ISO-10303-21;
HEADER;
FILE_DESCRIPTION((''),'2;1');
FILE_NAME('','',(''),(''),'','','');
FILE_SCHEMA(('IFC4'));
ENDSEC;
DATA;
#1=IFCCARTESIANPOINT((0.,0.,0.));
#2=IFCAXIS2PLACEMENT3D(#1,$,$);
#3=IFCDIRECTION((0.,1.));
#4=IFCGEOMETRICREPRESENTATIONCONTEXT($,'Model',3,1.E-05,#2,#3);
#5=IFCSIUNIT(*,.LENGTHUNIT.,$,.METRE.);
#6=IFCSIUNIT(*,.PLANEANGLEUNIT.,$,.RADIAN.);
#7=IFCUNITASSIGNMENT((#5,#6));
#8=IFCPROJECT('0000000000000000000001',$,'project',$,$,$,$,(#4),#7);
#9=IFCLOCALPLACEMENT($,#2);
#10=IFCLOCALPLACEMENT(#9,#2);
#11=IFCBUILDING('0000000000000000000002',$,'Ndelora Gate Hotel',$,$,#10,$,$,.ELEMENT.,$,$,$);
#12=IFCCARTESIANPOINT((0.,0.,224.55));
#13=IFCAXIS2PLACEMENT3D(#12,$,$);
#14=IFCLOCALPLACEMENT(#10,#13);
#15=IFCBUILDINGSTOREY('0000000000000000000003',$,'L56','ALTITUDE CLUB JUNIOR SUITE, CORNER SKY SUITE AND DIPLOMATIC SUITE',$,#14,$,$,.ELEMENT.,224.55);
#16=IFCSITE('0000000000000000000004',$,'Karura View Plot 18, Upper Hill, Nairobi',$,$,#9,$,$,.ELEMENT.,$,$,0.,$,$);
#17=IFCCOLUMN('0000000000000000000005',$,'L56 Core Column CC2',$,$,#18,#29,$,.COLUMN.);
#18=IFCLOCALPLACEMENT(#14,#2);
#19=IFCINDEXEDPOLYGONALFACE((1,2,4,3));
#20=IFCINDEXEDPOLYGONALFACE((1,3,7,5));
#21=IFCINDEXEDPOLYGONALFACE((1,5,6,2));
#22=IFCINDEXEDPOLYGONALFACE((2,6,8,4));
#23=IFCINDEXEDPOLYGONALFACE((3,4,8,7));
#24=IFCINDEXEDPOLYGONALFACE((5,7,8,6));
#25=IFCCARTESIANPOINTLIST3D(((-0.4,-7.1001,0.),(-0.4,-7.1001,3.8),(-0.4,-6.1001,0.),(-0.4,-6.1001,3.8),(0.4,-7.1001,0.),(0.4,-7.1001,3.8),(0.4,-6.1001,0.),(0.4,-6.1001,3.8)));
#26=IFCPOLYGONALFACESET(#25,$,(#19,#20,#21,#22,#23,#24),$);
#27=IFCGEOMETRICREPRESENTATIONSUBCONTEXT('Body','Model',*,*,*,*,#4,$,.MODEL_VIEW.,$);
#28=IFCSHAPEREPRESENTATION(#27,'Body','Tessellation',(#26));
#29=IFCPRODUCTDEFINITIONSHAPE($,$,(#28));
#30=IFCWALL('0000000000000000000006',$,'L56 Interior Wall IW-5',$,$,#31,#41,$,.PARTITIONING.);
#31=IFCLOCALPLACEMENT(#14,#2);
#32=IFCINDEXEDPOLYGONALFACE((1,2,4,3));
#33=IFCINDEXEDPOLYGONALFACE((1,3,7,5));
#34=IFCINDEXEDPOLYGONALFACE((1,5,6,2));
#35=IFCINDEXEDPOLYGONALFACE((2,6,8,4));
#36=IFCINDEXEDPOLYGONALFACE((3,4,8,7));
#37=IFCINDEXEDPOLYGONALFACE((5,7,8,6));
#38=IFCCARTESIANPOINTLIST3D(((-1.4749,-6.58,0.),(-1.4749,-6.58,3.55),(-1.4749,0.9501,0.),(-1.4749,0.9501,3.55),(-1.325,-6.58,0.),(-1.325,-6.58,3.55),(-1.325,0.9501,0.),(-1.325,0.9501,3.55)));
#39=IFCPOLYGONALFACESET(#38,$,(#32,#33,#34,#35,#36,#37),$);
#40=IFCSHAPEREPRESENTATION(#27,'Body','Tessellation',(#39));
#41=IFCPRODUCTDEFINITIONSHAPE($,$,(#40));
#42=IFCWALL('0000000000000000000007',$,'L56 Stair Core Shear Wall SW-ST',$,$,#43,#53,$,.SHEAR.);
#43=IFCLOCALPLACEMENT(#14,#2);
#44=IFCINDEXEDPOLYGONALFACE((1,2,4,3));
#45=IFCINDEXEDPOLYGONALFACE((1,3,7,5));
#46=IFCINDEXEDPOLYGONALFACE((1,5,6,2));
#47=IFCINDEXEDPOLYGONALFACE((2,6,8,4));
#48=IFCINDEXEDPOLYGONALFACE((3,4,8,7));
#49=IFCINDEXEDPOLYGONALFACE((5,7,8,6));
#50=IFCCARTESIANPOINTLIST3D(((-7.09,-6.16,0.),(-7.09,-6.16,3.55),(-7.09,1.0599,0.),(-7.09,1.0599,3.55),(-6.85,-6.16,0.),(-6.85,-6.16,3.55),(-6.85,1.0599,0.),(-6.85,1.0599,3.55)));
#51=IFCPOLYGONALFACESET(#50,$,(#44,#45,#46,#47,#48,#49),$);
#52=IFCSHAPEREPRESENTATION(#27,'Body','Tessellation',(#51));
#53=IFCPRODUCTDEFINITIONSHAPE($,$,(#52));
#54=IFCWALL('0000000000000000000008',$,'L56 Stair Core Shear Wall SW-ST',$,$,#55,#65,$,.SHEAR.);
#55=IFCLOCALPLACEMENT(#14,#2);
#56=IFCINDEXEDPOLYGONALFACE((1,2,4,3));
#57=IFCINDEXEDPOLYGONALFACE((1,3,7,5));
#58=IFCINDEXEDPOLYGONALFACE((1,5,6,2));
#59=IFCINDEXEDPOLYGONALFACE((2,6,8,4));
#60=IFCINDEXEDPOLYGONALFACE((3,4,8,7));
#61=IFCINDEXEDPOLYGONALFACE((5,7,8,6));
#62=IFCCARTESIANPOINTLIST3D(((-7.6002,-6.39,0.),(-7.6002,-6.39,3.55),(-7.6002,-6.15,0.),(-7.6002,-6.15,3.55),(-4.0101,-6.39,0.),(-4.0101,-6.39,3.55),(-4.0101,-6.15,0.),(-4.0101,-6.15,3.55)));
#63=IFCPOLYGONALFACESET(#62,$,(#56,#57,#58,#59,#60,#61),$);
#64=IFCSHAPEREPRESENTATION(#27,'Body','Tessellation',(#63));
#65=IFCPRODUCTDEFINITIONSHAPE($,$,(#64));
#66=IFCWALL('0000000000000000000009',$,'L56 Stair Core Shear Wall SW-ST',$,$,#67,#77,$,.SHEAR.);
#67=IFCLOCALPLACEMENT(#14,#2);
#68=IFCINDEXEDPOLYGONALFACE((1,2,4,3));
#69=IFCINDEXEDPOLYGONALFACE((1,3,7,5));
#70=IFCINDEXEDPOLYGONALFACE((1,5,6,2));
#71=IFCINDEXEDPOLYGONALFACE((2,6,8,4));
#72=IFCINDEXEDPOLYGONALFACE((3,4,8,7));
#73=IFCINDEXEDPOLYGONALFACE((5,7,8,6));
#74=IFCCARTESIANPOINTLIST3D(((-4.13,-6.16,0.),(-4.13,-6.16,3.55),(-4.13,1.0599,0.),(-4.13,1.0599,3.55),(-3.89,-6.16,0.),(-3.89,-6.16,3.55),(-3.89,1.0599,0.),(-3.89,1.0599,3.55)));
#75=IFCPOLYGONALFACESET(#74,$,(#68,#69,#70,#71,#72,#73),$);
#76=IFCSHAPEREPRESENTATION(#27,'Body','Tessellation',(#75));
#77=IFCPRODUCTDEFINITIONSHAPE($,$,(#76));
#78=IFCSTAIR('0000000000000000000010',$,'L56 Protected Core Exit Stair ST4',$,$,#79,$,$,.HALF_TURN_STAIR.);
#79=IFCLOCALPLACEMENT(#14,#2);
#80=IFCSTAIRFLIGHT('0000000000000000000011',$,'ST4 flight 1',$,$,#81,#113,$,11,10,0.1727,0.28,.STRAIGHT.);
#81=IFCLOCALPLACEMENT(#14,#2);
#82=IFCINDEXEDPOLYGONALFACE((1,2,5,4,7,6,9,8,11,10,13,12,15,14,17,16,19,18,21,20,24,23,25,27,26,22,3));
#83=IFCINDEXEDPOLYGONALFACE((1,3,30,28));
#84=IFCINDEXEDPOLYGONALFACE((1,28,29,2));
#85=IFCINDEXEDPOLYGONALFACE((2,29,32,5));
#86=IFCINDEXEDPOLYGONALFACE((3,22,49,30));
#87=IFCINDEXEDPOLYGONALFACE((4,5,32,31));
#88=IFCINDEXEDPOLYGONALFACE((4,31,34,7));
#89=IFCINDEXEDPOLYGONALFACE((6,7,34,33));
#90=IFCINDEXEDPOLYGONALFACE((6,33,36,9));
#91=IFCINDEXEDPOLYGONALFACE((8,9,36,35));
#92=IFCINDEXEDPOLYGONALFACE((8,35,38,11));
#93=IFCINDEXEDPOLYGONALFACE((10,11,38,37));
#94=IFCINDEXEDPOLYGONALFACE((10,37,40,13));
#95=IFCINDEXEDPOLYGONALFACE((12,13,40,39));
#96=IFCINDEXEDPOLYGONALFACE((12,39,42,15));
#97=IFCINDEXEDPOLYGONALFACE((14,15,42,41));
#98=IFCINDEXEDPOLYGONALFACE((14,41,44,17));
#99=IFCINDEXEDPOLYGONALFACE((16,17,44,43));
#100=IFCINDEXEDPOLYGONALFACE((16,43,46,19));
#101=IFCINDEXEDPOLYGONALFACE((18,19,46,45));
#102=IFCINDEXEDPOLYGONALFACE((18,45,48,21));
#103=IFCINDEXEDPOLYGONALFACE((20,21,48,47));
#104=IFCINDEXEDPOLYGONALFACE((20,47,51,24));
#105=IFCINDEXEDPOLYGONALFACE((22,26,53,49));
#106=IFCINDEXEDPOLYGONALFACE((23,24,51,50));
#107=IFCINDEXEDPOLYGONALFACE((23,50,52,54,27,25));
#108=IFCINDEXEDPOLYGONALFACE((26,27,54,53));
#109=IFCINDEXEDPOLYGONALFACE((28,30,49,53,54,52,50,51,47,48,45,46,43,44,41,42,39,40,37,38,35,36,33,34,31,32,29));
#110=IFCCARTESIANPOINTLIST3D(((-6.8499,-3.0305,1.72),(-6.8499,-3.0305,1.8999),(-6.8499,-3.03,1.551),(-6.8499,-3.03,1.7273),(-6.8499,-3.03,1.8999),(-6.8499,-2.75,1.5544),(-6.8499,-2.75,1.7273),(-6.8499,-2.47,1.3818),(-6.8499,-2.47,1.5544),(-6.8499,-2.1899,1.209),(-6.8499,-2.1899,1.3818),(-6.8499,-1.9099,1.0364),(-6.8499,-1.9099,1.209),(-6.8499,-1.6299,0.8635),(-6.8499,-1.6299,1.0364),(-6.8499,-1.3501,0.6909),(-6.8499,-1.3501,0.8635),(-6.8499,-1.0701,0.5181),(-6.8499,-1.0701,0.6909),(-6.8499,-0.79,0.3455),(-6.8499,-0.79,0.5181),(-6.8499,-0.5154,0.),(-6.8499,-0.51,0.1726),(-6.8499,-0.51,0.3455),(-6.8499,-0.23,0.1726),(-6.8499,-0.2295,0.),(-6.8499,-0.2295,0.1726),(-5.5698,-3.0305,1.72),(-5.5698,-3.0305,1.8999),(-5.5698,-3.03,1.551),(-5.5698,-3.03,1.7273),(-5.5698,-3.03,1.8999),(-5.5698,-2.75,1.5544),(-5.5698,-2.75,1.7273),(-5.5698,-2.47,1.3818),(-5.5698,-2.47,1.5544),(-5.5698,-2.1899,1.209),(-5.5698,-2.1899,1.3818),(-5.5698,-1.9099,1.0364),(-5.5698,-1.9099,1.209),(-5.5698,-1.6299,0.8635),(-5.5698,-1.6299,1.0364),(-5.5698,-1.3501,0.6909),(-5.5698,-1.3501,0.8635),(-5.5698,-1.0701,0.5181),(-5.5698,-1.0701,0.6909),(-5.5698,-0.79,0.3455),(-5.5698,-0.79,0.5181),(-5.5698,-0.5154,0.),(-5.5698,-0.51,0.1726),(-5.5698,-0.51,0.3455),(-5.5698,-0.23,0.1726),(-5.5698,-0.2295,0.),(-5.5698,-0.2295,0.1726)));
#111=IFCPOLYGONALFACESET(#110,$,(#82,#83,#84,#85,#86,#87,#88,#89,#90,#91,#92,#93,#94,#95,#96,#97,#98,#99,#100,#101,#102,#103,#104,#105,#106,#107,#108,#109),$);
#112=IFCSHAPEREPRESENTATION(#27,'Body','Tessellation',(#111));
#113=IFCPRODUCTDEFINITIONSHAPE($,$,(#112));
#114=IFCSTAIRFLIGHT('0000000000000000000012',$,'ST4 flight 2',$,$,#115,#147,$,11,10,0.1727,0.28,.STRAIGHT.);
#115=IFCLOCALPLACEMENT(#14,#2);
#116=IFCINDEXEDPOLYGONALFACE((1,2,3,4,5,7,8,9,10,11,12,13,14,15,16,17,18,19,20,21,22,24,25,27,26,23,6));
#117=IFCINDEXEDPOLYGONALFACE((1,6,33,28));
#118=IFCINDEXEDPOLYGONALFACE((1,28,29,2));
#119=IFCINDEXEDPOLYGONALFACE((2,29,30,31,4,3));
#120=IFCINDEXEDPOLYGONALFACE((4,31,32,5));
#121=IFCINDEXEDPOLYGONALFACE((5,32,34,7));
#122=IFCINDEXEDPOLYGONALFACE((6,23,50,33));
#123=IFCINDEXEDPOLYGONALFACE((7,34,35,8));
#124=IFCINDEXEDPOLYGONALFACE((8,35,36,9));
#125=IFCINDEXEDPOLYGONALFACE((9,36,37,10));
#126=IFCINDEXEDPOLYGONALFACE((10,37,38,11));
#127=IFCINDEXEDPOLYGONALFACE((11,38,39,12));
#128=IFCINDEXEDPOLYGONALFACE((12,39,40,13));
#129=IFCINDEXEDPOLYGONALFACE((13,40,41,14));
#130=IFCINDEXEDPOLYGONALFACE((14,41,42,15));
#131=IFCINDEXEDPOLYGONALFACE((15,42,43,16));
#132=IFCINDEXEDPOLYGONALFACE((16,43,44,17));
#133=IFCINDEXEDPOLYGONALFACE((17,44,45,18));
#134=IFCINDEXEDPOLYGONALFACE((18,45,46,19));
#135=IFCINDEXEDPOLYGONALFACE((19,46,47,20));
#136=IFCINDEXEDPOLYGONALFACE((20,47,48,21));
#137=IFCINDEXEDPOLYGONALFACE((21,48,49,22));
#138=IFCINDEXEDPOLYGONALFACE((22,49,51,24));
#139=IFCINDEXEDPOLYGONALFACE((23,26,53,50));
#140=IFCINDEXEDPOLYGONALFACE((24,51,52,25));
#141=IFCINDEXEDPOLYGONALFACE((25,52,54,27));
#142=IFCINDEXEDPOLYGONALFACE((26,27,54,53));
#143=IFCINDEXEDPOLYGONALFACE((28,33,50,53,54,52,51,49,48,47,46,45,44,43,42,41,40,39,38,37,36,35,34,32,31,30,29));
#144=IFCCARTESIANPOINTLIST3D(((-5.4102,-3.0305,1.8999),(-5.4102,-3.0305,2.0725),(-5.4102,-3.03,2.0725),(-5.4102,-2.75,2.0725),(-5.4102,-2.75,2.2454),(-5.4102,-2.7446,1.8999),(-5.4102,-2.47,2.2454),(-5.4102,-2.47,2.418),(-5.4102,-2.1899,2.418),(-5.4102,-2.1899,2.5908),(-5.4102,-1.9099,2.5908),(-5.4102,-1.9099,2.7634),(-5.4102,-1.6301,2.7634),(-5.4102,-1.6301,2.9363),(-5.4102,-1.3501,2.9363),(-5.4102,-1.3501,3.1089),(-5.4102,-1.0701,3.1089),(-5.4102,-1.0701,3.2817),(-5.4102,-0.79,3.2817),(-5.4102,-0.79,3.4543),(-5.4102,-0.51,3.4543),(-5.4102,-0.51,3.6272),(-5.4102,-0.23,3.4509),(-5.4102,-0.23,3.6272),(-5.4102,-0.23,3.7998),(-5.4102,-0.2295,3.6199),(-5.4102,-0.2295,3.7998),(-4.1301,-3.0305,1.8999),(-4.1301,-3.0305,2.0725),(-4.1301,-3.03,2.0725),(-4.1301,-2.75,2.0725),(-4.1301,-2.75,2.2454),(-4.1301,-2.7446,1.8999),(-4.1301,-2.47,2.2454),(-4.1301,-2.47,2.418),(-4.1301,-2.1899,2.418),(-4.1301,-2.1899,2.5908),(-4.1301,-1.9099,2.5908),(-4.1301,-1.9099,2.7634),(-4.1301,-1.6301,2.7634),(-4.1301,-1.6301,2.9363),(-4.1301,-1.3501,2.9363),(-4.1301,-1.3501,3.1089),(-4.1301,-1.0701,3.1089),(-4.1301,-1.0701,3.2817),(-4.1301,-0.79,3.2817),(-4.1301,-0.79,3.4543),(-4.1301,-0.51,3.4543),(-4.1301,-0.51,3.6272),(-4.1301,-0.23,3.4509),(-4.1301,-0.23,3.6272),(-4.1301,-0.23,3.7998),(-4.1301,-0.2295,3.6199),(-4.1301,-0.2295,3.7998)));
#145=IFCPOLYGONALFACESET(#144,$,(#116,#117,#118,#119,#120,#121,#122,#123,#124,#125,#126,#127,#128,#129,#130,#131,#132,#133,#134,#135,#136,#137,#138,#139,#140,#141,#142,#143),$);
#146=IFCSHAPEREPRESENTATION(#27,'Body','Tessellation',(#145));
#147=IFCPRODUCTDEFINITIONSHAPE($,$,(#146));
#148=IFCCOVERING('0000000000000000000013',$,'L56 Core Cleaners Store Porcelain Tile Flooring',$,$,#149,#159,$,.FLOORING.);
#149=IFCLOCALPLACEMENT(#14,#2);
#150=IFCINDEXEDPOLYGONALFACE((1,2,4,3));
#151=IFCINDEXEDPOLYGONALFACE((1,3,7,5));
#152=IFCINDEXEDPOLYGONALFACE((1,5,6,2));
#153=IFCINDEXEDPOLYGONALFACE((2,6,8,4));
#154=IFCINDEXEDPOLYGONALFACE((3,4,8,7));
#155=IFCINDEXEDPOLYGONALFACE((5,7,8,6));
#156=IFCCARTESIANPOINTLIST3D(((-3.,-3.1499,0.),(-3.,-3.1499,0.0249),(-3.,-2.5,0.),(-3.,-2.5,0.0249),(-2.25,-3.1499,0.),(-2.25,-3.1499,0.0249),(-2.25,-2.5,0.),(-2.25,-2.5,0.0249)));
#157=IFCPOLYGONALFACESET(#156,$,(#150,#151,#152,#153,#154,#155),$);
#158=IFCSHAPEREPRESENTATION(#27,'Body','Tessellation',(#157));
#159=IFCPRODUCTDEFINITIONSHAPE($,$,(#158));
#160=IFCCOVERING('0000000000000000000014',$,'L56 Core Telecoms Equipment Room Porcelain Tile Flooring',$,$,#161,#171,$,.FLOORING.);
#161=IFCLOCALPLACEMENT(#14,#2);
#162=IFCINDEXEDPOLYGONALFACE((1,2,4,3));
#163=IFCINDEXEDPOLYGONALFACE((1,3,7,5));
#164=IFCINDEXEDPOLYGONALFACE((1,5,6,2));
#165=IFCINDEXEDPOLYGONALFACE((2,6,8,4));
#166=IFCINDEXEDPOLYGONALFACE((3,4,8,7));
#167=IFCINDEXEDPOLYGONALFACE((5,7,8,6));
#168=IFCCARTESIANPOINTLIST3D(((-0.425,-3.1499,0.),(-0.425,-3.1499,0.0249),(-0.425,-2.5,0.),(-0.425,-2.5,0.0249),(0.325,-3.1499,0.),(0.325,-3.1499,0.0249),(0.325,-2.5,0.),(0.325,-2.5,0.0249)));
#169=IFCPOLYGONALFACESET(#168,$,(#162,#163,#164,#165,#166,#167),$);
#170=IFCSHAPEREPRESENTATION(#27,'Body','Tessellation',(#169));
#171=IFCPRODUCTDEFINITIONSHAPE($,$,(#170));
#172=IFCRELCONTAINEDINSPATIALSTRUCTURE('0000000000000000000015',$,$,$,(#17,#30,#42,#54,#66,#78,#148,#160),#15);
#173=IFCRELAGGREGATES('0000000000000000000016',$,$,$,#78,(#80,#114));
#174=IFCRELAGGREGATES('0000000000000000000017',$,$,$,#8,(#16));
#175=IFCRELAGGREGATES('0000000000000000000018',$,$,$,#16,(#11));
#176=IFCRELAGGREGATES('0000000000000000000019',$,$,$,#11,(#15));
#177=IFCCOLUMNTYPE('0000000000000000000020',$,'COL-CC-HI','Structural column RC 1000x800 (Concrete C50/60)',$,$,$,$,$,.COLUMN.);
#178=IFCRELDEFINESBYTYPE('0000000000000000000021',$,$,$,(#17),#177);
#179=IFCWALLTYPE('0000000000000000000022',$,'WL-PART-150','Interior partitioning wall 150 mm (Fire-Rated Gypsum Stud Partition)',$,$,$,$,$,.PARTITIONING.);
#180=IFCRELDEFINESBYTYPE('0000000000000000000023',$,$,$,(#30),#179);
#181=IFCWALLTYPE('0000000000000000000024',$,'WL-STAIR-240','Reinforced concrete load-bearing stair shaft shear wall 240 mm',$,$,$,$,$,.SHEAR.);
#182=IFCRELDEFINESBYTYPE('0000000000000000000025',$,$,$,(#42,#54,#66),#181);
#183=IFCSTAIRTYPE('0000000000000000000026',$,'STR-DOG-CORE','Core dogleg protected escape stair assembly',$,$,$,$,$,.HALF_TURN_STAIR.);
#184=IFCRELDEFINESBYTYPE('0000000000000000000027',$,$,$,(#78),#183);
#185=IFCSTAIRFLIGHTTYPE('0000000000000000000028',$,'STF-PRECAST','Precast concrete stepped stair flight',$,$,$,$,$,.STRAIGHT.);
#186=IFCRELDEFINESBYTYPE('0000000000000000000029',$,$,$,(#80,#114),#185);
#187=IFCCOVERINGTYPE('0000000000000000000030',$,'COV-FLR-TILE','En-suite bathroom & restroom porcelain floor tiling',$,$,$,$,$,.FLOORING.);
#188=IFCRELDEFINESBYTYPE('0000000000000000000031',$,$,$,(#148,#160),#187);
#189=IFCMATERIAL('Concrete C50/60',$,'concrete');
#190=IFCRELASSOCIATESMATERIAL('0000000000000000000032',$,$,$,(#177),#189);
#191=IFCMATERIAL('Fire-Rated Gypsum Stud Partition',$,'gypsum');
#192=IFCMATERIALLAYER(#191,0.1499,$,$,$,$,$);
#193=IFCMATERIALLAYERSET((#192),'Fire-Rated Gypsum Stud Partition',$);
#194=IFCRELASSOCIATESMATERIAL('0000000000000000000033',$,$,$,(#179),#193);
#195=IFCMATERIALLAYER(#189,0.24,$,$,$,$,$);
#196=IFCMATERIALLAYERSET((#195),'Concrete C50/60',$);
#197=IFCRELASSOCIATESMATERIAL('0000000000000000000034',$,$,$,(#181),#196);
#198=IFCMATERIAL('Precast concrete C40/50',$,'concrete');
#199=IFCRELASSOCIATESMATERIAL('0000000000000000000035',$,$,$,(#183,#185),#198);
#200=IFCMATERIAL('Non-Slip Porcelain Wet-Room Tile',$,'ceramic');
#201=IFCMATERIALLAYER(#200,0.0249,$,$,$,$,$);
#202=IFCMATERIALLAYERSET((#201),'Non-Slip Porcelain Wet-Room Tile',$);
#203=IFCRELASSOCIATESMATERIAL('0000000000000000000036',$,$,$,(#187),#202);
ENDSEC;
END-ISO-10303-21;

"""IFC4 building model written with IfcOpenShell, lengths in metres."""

from ifc_helpers import new_model, si_unit, direction, frame, frame_2d, origin, origin_2d, place, context, subcontext, project, spatial, polyline, rectangle, outline, extrude, material, layer, layer_set, material_profile, profile_set, type_object, element, aggregate, save


model = new_model("IFC4")

# Units and contexts
model_context = context("Model", 3, precision=1e-05, world=origin(), true_north=direction((0.0, 1.0)))
body_context = subcontext(model_context, "Body", "Model", "MODEL_VIEW")
ifc_project = project(units=[si_unit("LENGTHUNIT", "METRE"), si_unit("PLANEANGLEUNIT", "RADIAN")], contexts=[model_context])

# Site, building, storey
site_placement = place(None, origin())
site = spatial("IfcSite", under=ifc_project, at=site_placement, Name="Karura View Plot 18, Upper Hill, Nairobi", CompositionType="ELEMENT", RefElevation=0.0)
building_placement = place(site_placement, origin())
building = spatial("IfcBuilding", under=site, at=building_placement, Name="Ndelora Gate Hotel", CompositionType="ELEMENT")
storey_placement = place(building_placement, frame((0.0, 0.0, 224.55)))
storey = spatial("IfcBuildingStorey", under=building, at=storey_placement, Name="L56", Description="ALTITUDE CLUB JUNIOR SUITE, CORNER SKY SUITE AND DIPLOMATIC SUITE", CompositionType="ELEMENT", Elevation=224.55)

# Column
ifc_material_1 = material(Name="Concrete C50/60", Category="concrete")
ifc_material_profile = material_profile(ifc_material_1, rectangle(XDim=0.8, YDim=1.0, at=origin_2d()), Name="RC 1000x800")
ifc_profile_set = profile_set([ifc_material_profile], Name="Concrete C50/60")
column_type = type_object("IfcColumnType", Name="COL-CC-HI", Description="Structural column RC 1000x800 (Concrete C50/60)", PredefinedType="COLUMN", material=ifc_profile_set)
column_placement = place(storey_placement, frame((0.0, -6.6001, 0.0), z_axis=(0.0, 0.0, 1.0), x_axis=(1.0, 0.0, 0.0)))
element("IfcColumn", 1, at=column_placement, inside=storey, type_object=column_type, Name="L56 Core Column CC2", PredefinedType="COLUMN", context=body_context, shape_type="SweptSolid", body=[
    extrude(rectangle(XDim=0.8, YDim=1.0, at=origin_2d()), origin(), (0.0, 0.0, 1.0), 3.8),
])

# Walls
ifc_material_2 = material(Name="Fire-Rated Gypsum Stud Partition", Category="gypsum")
ifc_layer_1 = layer(ifc_material_2, 0.1499)
ifc_layer_set_1 = layer_set([ifc_layer_1], Name="Fire-Rated Gypsum Stud Partition")
wall_type_1 = type_object("IfcWallType", Name="WL-PART-150", Description="Interior partitioning wall 150 mm (Fire-Rated Gypsum Stud Partition)", PredefinedType="PARTITIONING", material=ifc_layer_set_1)
wall_1_placement = place(storey_placement, frame((-1.3999, -6.5801, 0.0), z_axis=(0.0, 0.0, 1.0), x_axis=(0.0, 1.0, 0.0)))
element("IfcWall", 2, at=wall_1_placement, inside=storey, type_object=wall_type_1, Name="L56 Interior Wall IW-5", PredefinedType="PARTITIONING", context=body_context, shape_type="SweptSolid", body=[
    extrude(rectangle(XDim=7.53, YDim=0.1499, at=frame_2d((3.7651, 0.0))), origin(), (0.0, 0.0, 1.0), 3.55),
])
ifc_layer_2 = layer(ifc_material_1, 0.24)
ifc_layer_set_2 = layer_set([ifc_layer_2], Name="Concrete C50/60")
wall_type_2 = type_object("IfcWallType", Name="WL-STAIR-240", Description="Reinforced concrete load-bearing stair shaft shear wall 240 mm", PredefinedType="SHEAR", material=ifc_layer_set_2)
wall_2_placement = place(storey_placement, frame((-6.97, -6.1599, 0.0), z_axis=(0.0, 0.0, 1.0), x_axis=(0.0, 1.0, 0.0)))
element("IfcWall", 3, at=wall_2_placement, inside=storey, type_object=wall_type_2, Name="L56 Stair Core Shear Wall SW-ST", PredefinedType="SHEAR", context=body_context, shape_type="SweptSolid", body=[
    extrude(rectangle(XDim=7.22, YDim=0.24, at=frame_2d((3.6099, 0.0))), origin(), (0.0, 0.0, 1.0), 3.55),
])
wall_3_placement = place(storey_placement, frame((-7.6001, -6.27, 0.0), z_axis=(0.0, 0.0, 1.0), x_axis=(1.0, 0.0, 0.0)))
element("IfcWall", 4, at=wall_3_placement, inside=storey, type_object=wall_type_2, Name="L56 Stair Core Shear Wall SW-ST", PredefinedType="SHEAR", context=body_context, shape_type="SweptSolid", body=[
    extrude(rectangle(XDim=3.5901, YDim=0.24, at=frame_2d((1.7949, 0.0))), origin(), (0.0, 0.0, 1.0), 3.55),
])
wall_4_placement = place(storey_placement, frame((-4.01, -6.1599, 0.0), z_axis=(0.0, 0.0, 1.0), x_axis=(0.0, 1.0, 0.0)))
element("IfcWall", 5, at=wall_4_placement, inside=storey, type_object=wall_type_2, Name="L56 Stair Core Shear Wall SW-ST", PredefinedType="SHEAR", context=body_context, shape_type="SweptSolid", body=[
    extrude(rectangle(XDim=7.22, YDim=0.24, at=frame_2d((3.6099, 0.0))), origin(), (0.0, 0.0, 1.0), 3.55),
])

# Stair, stair flights
ifc_material_3 = material(Name="Precast concrete C40/50", Category="concrete")
stair_type = type_object("IfcStairType", Name="STR-DOG-CORE", Description="Core dogleg protected escape stair assembly", PredefinedType="HALF_TURN_STAIR", material=ifc_material_3)
stair_placement = place(storey_placement, origin())
stair = element("IfcStair", 6, at=stair_placement, inside=storey, type_object=stair_type, Name="L56 Protected Core Exit Stair ST4", PredefinedType="HALF_TURN_STAIR")
stair_flight_type = type_object("IfcStairFlightType", Name="STF-PRECAST", Description="Precast concrete stepped stair flight", PredefinedType="STRAIGHT", material=ifc_material_3)
stair_flight_1_placement = place(storey_placement, frame((-6.21, -0.23, 0.0), z_axis=(0.0, 0.0, 1.0), x_axis=(0.0, -1.0, 0.0)))
stair_flight_1 = element("IfcStairFlight", 7, at=stair_flight_1_placement, type_object=stair_flight_type, Name="ST4 flight 1", NumberOfRisers=11, NumberOfTreads=10, PredefinedType="STRAIGHT", RiserHeight=0.1727, TreadLength=0.28, context=body_context, shape_type="SweptSolid", body=[
    extrude(outline(polyline([(-0.0005, 0.0), (-0.0005, 0.1726), (0.0, 0.1726), (0.28, 0.1726), (0.28, 0.3455), (0.5601, 0.3455), (0.5601, 0.5181), (0.8401, 0.5181), (0.8401, 0.6909), (1.1201, 0.6909), (1.1201, 0.8635), (1.3999, 0.8635), (1.3999, 1.0364), (1.6799, 1.0364), (1.6799, 1.209), (1.96, 1.209), (1.96, 1.3818), (2.24, 1.3818), (2.24, 1.5544), (2.52, 1.5544), (2.52, 1.7273), (2.8, 1.7273), (2.8, 1.8999), (2.8005, 1.8999), (2.8005, 1.72), (2.8, 1.551), (0.2854, 0.0), (-0.0005, 0.0)])), frame((0.0, 0.6401, 0.0), z_axis=(0.0, -1.0, 0.0), x_axis=(1.0, 0.0, 0.0)), (0.0, 0.0, 1.0), 1.28),
])
stair_flight_2_placement = place(storey_placement, frame((-4.77, -3.03, 1.8999), z_axis=(0.0, 0.0, 1.0), x_axis=(0.0, 1.0, 0.0)))
stair_flight_2 = element("IfcStairFlight", 8, at=stair_flight_2_placement, type_object=stair_flight_type, Name="ST4 flight 2", NumberOfRisers=11, NumberOfTreads=10, PredefinedType="STRAIGHT", RiserHeight=0.1727, TreadLength=0.28, context=body_context, shape_type="SweptSolid", body=[
    extrude(outline(polyline([(-0.0005, 0.0), (-0.0005, 0.1726), (0.0, 0.1726), (0.28, 0.1726), (0.28, 0.3455), (0.5601, 0.3455), (0.5601, 0.5181), (0.8401, 0.5181), (0.8401, 0.6909), (1.1201, 0.6909), (1.1201, 0.8635), (1.3999, 0.8635), (1.3999, 1.0364), (1.6799, 1.0364), (1.6799, 1.209), (1.96, 1.209), (1.96, 1.3818), (2.24, 1.3818), (2.24, 1.5544), (2.52, 1.5544), (2.52, 1.7273), (2.8, 1.7273), (2.8, 1.8999), (2.8005, 1.8999), (2.8005, 1.72), (2.8, 1.551), (0.2854, 0.0), (-0.0005, 0.0)])), frame((0.0, 0.6401, 0.0), z_axis=(0.0, -1.0, 0.0), x_axis=(1.0, 0.0, 0.0)), (0.0, 0.0, 1.0), 1.28),
])
aggregate(stair, [stair_flight_1, stair_flight_2])

# Coverings
ifc_material_4 = material(Name="Non-Slip Porcelain Wet-Room Tile", Category="ceramic")
ifc_layer_3 = layer(ifc_material_4, 0.0249)
ifc_layer_set_3 = layer_set([ifc_layer_3], Name="Non-Slip Porcelain Wet-Room Tile")
covering_type = type_object("IfcCoveringType", Name="COV-FLR-TILE", Description="En-suite bathroom & restroom porcelain floor tiling", PredefinedType="FLOORING", material=ifc_layer_set_3)
for number, where, z_axis, x_axis, name in (
    (9, (-2.625, -2.825, 0.0), (0.0, 0.0, 1.0), (1.0, 0.0, 0.0), "L56 Core Cleaners Store Porcelain Tile Flooring"),
    (10, (-0.05, -2.825, 0.0), (0.0, 0.0, 1.0), (1.0, 0.0, 0.0), "L56 Core Telecoms Equipment Room Porcelain Tile Flooring"),
):
    element("IfcCovering", number, at=place(storey_placement, frame(where, z_axis=z_axis, x_axis=x_axis)), inside=storey, type_object=covering_type, Name=name, PredefinedType="FLOORING", context=body_context, shape_type="SweptSolid", body=[
        extrude(rectangle(XDim=0.75, YDim=0.6499, at=origin_2d()), origin(), (0.0, 0.0, 1.0), 0.0249),
    ])

save(model, "model.ifc")
